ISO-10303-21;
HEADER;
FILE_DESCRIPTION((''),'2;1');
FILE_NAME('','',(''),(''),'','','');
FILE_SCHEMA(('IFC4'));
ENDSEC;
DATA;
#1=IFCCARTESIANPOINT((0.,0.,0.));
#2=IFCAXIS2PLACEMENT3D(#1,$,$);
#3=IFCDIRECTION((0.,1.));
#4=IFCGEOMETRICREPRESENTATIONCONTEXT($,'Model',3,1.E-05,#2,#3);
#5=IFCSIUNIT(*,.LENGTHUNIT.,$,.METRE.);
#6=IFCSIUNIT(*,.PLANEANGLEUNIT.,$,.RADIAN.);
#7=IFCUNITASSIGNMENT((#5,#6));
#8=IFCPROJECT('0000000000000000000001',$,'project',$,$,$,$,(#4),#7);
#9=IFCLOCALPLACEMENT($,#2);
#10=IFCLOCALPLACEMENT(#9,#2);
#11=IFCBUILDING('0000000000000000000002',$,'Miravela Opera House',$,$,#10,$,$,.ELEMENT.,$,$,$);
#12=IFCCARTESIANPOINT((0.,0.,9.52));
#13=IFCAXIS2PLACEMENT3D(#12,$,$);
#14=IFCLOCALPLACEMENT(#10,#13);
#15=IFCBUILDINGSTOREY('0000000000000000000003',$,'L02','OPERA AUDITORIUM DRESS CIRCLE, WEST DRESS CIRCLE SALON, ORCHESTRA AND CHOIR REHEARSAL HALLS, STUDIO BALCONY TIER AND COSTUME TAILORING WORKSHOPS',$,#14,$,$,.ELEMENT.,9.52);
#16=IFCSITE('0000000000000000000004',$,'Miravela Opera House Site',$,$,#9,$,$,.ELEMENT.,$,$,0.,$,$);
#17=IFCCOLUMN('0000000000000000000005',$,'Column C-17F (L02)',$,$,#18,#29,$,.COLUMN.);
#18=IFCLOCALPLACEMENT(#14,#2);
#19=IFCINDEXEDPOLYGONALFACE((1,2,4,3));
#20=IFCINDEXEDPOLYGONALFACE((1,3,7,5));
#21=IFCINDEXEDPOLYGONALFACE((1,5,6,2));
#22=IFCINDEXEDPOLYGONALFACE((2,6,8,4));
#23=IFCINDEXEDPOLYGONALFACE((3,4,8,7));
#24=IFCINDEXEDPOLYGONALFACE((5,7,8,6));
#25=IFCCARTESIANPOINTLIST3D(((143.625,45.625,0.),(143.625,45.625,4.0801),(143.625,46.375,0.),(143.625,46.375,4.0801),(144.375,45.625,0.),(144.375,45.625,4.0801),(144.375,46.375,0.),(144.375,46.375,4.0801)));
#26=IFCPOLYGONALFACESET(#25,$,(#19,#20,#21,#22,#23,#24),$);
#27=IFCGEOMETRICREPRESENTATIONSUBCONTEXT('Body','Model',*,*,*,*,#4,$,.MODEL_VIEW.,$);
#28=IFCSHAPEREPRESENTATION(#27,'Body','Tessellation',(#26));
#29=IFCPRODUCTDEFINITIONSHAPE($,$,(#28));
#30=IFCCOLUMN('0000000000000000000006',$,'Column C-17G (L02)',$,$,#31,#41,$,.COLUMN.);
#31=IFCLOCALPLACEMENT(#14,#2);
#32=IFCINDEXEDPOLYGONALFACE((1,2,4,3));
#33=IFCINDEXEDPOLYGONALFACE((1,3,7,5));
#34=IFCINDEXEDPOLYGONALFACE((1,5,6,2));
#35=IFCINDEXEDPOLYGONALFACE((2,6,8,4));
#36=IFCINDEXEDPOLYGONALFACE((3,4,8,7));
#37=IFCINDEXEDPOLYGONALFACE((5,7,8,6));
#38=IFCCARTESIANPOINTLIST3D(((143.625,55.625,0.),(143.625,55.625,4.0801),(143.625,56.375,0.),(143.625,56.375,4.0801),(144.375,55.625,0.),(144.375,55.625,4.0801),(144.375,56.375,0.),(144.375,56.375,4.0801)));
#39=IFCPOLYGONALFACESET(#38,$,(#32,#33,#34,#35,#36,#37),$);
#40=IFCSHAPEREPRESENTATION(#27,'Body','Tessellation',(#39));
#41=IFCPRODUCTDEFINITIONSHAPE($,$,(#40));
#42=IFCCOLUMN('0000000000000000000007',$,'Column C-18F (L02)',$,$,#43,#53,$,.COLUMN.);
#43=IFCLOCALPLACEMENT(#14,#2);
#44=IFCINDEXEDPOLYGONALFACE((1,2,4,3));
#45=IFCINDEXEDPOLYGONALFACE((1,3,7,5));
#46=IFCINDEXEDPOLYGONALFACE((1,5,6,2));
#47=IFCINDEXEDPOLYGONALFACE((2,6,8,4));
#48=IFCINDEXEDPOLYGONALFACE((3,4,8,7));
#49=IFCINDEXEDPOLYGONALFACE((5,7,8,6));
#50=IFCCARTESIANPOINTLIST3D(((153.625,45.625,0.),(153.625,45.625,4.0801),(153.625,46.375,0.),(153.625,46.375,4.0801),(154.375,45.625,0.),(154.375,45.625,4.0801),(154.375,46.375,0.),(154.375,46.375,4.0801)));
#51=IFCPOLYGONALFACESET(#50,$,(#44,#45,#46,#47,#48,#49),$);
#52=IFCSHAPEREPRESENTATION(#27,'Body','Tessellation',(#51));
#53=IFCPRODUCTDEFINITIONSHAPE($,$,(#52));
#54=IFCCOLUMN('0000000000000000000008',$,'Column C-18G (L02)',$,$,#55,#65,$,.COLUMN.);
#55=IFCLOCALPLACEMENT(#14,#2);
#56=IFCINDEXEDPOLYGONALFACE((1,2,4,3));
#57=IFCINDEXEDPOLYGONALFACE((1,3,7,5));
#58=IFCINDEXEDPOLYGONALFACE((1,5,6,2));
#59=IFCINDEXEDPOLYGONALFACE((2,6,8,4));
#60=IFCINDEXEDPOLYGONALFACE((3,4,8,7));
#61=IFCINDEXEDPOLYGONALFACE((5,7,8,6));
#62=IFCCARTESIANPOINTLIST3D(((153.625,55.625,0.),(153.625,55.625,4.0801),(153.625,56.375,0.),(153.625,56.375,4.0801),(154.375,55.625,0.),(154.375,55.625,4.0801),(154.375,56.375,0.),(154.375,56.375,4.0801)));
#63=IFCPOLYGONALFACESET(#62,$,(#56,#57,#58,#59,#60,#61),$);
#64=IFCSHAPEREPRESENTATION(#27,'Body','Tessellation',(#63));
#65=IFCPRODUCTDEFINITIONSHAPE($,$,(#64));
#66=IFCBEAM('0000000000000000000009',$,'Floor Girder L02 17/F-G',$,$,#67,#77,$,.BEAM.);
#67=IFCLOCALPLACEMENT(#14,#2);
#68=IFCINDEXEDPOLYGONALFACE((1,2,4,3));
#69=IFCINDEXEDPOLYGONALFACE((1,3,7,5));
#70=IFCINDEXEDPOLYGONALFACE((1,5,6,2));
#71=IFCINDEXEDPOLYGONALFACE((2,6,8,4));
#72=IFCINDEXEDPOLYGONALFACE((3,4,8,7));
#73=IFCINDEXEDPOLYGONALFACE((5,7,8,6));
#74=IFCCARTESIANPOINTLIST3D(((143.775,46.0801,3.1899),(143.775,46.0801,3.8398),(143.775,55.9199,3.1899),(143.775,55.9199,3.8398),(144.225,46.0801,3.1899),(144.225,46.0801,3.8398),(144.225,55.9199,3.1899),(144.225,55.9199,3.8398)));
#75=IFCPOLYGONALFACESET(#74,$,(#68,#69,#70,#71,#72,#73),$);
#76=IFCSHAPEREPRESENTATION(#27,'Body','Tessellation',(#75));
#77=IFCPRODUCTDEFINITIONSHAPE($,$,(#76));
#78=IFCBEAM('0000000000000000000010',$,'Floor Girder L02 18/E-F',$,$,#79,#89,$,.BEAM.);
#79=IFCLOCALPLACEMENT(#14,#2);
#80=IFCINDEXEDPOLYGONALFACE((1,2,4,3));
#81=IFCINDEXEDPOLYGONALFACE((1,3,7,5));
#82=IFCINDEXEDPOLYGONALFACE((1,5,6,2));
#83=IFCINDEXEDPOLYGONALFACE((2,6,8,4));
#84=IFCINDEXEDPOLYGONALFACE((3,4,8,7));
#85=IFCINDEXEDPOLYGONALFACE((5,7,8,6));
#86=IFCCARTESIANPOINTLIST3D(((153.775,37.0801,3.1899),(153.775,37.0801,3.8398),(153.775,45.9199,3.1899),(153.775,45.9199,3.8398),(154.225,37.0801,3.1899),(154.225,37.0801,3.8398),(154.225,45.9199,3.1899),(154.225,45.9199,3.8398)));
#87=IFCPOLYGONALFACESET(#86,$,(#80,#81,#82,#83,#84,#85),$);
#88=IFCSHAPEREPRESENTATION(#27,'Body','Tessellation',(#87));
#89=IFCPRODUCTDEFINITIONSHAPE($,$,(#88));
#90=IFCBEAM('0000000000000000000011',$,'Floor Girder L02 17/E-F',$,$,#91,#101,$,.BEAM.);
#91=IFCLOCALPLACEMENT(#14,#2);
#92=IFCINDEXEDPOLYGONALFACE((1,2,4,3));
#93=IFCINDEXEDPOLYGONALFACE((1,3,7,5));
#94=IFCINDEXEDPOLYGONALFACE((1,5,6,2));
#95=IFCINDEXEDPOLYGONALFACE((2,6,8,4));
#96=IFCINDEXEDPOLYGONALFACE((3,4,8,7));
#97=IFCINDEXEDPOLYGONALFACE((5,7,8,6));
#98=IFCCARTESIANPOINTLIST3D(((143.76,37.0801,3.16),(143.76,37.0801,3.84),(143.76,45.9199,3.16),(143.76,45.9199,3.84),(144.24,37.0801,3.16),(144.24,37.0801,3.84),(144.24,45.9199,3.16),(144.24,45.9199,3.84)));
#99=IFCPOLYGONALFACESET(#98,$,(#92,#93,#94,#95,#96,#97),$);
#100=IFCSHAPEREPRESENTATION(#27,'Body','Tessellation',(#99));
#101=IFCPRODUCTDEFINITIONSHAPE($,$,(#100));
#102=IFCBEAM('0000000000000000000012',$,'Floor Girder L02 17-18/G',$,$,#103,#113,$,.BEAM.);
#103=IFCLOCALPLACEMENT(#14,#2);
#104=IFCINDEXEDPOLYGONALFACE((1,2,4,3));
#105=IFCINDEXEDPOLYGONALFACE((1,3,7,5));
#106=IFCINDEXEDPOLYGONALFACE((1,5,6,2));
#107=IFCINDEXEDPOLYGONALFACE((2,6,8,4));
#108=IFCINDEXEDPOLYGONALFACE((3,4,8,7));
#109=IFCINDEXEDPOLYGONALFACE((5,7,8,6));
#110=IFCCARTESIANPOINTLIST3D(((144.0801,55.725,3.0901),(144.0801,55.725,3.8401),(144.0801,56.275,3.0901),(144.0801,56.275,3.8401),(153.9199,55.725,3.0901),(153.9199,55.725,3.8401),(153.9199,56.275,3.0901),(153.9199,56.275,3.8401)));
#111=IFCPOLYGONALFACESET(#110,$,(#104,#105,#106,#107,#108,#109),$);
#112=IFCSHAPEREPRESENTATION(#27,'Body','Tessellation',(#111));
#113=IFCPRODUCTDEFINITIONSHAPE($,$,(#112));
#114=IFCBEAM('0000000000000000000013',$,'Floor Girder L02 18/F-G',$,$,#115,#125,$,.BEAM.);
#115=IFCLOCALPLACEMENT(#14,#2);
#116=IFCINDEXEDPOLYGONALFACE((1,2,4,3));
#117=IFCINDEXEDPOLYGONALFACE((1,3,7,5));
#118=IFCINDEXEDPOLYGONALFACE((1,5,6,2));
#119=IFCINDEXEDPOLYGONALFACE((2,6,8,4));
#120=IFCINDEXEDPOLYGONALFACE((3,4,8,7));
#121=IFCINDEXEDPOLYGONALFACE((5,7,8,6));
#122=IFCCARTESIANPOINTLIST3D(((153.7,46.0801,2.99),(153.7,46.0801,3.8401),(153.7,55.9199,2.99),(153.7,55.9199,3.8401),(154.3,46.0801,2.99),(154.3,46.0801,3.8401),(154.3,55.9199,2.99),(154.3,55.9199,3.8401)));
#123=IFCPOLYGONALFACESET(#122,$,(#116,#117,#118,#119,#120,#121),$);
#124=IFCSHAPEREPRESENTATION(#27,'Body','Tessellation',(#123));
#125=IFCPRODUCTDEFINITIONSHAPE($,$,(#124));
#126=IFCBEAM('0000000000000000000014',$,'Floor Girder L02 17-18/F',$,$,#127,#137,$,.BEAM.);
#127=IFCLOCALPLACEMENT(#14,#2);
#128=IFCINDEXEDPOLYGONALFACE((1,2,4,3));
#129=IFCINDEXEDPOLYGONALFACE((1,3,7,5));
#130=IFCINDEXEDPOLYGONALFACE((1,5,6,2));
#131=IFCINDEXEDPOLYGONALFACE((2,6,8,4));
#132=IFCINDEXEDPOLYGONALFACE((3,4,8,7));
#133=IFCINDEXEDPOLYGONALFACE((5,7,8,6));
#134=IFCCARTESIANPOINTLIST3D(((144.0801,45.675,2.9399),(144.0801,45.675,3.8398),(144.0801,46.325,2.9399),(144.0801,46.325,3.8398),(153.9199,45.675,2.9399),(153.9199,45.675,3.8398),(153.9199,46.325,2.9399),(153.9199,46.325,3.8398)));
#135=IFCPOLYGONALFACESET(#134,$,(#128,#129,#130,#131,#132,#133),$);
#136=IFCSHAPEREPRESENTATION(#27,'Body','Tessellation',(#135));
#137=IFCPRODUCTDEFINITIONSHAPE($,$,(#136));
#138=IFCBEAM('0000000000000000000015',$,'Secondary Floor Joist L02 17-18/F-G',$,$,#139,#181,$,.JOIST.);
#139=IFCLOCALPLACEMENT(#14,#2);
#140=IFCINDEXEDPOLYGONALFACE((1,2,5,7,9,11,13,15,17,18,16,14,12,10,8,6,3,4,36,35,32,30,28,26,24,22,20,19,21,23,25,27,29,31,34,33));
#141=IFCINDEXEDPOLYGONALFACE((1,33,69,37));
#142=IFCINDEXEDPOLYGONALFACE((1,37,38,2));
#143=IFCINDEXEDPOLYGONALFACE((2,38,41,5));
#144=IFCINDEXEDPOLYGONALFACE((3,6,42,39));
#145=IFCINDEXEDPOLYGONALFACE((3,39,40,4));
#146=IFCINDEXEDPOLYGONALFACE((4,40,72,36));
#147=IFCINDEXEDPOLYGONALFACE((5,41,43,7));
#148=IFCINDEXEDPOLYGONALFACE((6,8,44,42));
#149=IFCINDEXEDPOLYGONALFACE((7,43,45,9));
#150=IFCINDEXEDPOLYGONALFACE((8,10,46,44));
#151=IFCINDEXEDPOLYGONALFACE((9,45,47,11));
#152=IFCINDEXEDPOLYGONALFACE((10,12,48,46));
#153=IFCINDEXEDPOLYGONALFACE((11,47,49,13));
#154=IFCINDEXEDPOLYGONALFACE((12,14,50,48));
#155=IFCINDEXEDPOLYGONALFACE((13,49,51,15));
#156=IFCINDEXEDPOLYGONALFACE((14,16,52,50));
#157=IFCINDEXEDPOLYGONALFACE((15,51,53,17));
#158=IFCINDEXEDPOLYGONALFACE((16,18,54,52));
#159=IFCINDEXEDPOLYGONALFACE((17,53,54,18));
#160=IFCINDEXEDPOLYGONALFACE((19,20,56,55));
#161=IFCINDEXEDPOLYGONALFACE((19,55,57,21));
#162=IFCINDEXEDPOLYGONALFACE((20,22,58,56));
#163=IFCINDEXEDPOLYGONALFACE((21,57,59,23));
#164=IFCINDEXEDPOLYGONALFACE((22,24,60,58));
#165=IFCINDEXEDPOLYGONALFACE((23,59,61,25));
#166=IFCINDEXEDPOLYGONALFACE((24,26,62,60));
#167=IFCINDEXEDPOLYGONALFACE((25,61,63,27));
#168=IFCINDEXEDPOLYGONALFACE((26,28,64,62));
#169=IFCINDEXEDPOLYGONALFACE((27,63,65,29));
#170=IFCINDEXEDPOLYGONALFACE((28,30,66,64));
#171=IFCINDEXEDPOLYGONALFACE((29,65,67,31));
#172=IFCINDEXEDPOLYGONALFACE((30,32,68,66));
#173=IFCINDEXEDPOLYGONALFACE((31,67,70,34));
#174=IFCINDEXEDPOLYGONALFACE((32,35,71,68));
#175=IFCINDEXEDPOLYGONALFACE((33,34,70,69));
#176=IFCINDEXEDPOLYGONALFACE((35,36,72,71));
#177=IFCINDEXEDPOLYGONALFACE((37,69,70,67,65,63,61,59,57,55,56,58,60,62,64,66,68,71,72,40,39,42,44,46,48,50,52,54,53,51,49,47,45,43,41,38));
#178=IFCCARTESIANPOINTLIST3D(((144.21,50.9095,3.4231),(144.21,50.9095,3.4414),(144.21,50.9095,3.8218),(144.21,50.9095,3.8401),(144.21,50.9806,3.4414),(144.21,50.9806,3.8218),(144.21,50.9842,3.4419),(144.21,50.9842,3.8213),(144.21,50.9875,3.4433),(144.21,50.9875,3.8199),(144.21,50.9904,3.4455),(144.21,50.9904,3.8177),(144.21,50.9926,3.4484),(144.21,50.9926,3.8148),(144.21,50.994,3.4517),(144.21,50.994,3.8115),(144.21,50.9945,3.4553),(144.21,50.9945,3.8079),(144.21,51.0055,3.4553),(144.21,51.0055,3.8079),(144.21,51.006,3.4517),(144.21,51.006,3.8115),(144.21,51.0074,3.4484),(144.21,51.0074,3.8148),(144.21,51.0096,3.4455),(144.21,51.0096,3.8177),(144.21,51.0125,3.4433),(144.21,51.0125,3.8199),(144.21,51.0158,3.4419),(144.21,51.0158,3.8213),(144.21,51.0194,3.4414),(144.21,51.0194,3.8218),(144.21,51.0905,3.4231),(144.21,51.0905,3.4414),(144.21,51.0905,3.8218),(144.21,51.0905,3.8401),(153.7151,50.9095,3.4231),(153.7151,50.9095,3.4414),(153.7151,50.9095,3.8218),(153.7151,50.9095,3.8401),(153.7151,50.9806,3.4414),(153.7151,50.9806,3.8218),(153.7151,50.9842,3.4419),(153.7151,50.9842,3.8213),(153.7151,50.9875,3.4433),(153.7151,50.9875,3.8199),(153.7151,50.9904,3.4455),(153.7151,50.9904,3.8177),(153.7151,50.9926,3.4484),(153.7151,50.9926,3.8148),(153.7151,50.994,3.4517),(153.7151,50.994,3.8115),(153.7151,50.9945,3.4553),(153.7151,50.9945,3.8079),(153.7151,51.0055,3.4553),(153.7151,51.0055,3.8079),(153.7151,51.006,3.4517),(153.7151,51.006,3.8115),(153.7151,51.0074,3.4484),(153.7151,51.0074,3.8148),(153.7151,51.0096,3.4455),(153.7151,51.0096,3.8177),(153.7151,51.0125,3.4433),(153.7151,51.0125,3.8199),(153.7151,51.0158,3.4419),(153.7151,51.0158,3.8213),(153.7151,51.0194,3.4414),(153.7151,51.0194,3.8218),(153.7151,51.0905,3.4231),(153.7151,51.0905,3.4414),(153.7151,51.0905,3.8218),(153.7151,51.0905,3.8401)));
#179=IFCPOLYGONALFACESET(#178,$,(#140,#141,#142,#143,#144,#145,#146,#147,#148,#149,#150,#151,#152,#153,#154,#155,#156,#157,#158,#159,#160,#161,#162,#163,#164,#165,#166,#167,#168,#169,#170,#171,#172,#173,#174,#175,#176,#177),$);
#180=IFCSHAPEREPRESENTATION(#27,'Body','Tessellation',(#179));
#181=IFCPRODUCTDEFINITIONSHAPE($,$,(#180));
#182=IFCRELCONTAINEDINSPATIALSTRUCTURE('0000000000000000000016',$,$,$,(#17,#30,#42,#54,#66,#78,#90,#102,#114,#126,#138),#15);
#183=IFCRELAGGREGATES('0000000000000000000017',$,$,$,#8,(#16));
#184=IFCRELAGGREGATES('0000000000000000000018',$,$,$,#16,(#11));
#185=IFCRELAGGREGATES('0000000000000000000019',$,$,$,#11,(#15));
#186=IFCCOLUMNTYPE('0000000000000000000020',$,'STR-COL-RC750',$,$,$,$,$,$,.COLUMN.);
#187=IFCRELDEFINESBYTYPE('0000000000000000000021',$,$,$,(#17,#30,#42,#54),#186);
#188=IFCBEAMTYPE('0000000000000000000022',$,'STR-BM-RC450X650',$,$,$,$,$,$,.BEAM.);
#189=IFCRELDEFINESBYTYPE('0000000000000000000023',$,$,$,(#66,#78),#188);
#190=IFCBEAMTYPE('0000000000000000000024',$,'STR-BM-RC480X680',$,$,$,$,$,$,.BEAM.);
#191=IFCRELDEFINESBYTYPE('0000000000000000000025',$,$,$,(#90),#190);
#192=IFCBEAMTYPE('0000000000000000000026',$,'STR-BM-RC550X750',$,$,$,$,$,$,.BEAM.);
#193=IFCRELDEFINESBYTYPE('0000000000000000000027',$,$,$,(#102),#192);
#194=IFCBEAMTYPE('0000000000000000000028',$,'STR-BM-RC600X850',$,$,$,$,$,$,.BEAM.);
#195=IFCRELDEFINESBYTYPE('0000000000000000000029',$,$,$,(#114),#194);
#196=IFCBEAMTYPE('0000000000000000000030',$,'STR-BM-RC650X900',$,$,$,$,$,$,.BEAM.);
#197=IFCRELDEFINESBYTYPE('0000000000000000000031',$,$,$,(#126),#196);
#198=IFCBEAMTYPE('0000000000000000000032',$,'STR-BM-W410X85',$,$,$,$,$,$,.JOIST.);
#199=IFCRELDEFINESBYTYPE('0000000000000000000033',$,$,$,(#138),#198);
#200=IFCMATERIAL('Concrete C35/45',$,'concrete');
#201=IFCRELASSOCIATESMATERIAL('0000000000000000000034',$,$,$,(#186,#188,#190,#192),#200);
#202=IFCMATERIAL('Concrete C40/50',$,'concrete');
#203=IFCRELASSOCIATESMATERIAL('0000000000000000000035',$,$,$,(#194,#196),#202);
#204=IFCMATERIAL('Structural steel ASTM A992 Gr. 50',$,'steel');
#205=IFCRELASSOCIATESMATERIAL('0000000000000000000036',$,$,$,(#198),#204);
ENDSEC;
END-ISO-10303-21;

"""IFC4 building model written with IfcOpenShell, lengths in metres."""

from ifc_helpers import new_model, si_unit, direction, frame, origin, origin_2d, place, context, subcontext, project, spatial, rectangle, i_section, extrude, material, material_profile, profile_set, type_object, element, save


model = new_model("IFC4")

# Units and contexts
model_context = context("Model", 3, precision=1e-05, world=origin(), true_north=direction((0.0, 1.0)))
body_context = subcontext(model_context, "Body", "Model", "MODEL_VIEW")
ifc_project = project(units=[si_unit("LENGTHUNIT", "METRE"), si_unit("PLANEANGLEUNIT", "RADIAN")], contexts=[model_context])

# Site, building, storey
site_placement = place(None, origin())
site = spatial("IfcSite", under=ifc_project, at=site_placement, Name="Miravela Opera House Site", CompositionType="ELEMENT", RefElevation=0.0)
building_placement = place(site_placement, origin())
building = spatial("IfcBuilding", under=site, at=building_placement, Name="Miravela Opera House", CompositionType="ELEMENT")
storey_placement = place(building_placement, frame((0.0, 0.0, 9.52)))
storey = spatial("IfcBuildingStorey", under=building, at=storey_placement, Name="L02", Description="OPERA AUDITORIUM DRESS CIRCLE, WEST DRESS CIRCLE SALON, ORCHESTRA AND CHOIR REHEARSAL HALLS, STUDIO BALCONY TIER AND COSTUME TAILORING WORKSHOPS", CompositionType="ELEMENT", Elevation=9.52)

# Columns
ifc_material_1 = material(Name="Concrete C35/45", Category="concrete")
ifc_material_profile_1 = material_profile(ifc_material_1, rectangle(XDim=0.75, YDim=0.75, at=origin_2d()), Name="RC-COL-750X750")
ifc_profile_set_1 = profile_set([ifc_material_profile_1])
column_type = type_object("IfcColumnType", Name="STR-COL-RC750", PredefinedType="COLUMN", material=ifc_profile_set_1)
for number, where, z_axis, x_axis, name in (
    (1, (144.0, 46.0, 0.0), (0.0, 0.0, 1.0), (1.0, 0.0, 0.0), "Column C-17F (L02)"),
    (2, (144.0, 56.0, 0.0), (0.0, 0.0, 1.0), (1.0, 0.0, 0.0), "Column C-17G (L02)"),
    (3, (154.0, 46.0, 0.0), (0.0, 0.0, 1.0), (1.0, 0.0, 0.0), "Column C-18F (L02)"),
    (4, (154.0, 56.0, 0.0), (0.0, 0.0, 1.0), (1.0, 0.0, 0.0), "Column C-18G (L02)"),
):
    element("IfcColumn", number, at=place(storey_placement, frame(where, z_axis=z_axis, x_axis=x_axis)), inside=storey, type_object=column_type, Name=name, PredefinedType="COLUMN", context=body_context, shape_type="SweptSolid", body=[
        extrude(rectangle(XDim=0.75, YDim=0.75, at=origin_2d()), origin(), (0.0, 0.0, 1.0), 4.0801),
    ])

# Beams
ifc_material_profile_2 = material_profile(ifc_material_1, rectangle(XDim=0.45, YDim=0.6499, at=origin_2d()), Name="RC-BM-450X650")
ifc_profile_set_2 = profile_set([ifc_material_profile_2])
beam_type_1 = type_object("IfcBeamType", Name="STR-BM-RC450X650", PredefinedType="BEAM", material=ifc_profile_set_2)
beam_1_placement = place(storey_placement, frame((144.0, 46.0801, 3.5149), z_axis=(0.0, 1.0, 0.0), x_axis=(-1.0, 0.0, 0.0)))
element("IfcBeam", 5, at=beam_1_placement, inside=storey, type_object=beam_type_1, Name="Floor Girder L02 17/F-G", PredefinedType="BEAM", context=body_context, shape_type="SweptSolid", body=[
    extrude(rectangle(XDim=0.45, YDim=0.6499, at=origin_2d()), origin(), (0.0, 0.0, 1.0), 9.8398),
])
beam_2_placement = place(storey_placement, frame((154.0, 37.0801, 3.5149), z_axis=(0.0, 1.0, 0.0), x_axis=(-1.0, 0.0, 0.0)))
element("IfcBeam", 6, at=beam_2_placement, inside=storey, type_object=beam_type_1, Name="Floor Girder L02 18/E-F", PredefinedType="BEAM", context=body_context, shape_type="SweptSolid", body=[
    extrude(rectangle(XDim=0.45, YDim=0.6499, at=origin_2d()), origin(), (0.0, 0.0, 1.0), 8.8398),
])
ifc_material_profile_3 = material_profile(ifc_material_1, rectangle(XDim=0.48, YDim=0.6799, at=origin_2d()), Name="RC-BM-480X680")
ifc_profile_set_3 = profile_set([ifc_material_profile_3])
beam_type_2 = type_object("IfcBeamType", Name="STR-BM-RC480X680", PredefinedType="BEAM", material=ifc_profile_set_3)
beam_3_placement = place(storey_placement, frame((144.0, 37.0801, 3.5), z_axis=(0.0, 1.0, 0.0), x_axis=(-1.0, 0.0, 0.0)))
element("IfcBeam", 7, at=beam_3_placement, inside=storey, type_object=beam_type_2, Name="Floor Girder L02 17/E-F", PredefinedType="BEAM", context=body_context, shape_type="SweptSolid", body=[
    extrude(rectangle(XDim=0.48, YDim=0.6799, at=origin_2d()), origin(), (0.0, 0.0, 1.0), 8.8398),
])
ifc_material_profile_4 = material_profile(ifc_material_1, rectangle(XDim=0.55, YDim=0.75, at=origin_2d()), Name="RC-BM-550X750")
ifc_profile_set_4 = profile_set([ifc_material_profile_4])
beam_type_3 = type_object("IfcBeamType", Name="STR-BM-RC550X750", PredefinedType="BEAM", material=ifc_profile_set_4)
beam_4_placement = place(storey_placement, frame((144.0801, 56.0, 3.4651), z_axis=(1.0, 0.0, 0.0), x_axis=(0.0, 1.0, 0.0)))
element("IfcBeam", 8, at=beam_4_placement, inside=storey, type_object=beam_type_3, Name="Floor Girder L02 17-18/G", PredefinedType="BEAM", context=body_context, shape_type="SweptSolid", body=[
    extrude(rectangle(XDim=0.55, YDim=0.75, at=origin_2d()), origin(), (0.0, 0.0, 1.0), 9.8398),
])
ifc_material_2 = material(Name="Concrete C40/50", Category="concrete")
ifc_material_profile_5 = material_profile(ifc_material_2, rectangle(XDim=0.6001, YDim=0.8501, at=origin_2d()), Name="RC-BM-600X850")
ifc_profile_set_5 = profile_set([ifc_material_profile_5])
beam_type_4 = type_object("IfcBeamType", Name="STR-BM-RC600X850", PredefinedType="BEAM", material=ifc_profile_set_5)
beam_5_placement = place(storey_placement, frame((154.0, 46.0801, 3.415), z_axis=(0.0, 1.0, 0.0), x_axis=(-1.0, 0.0, 0.0)))
element("IfcBeam", 9, at=beam_5_placement, inside=storey, type_object=beam_type_4, Name="Floor Girder L02 18/F-G", PredefinedType="BEAM", context=body_context, shape_type="SweptSolid", body=[
    extrude(rectangle(XDim=0.6001, YDim=0.8501, at=origin_2d()), origin(), (0.0, 0.0, 1.0), 9.8398),
])
ifc_material_profile_6 = material_profile(ifc_material_2, rectangle(XDim=0.6499, YDim=0.8999, at=origin_2d()), Name="RC-BM-650X900")
ifc_profile_set_6 = profile_set([ifc_material_profile_6])
beam_type_5 = type_object("IfcBeamType", Name="STR-BM-RC650X900", PredefinedType="BEAM", material=ifc_profile_set_6)
beam_6_placement = place(storey_placement, frame((144.0801, 46.0, 3.3899), z_axis=(1.0, 0.0, 0.0), x_axis=(0.0, 1.0, 0.0)))
element("IfcBeam", 10, at=beam_6_placement, inside=storey, type_object=beam_type_5, Name="Floor Girder L02 17-18/F", PredefinedType="BEAM", context=body_context, shape_type="SweptSolid", body=[
    extrude(rectangle(XDim=0.6499, YDim=0.8999, at=origin_2d()), origin(), (0.0, 0.0, 1.0), 9.8398),
])
ifc_material_3 = material(Name="Structural steel ASTM A992 Gr. 50", Category="steel")
ifc_material_profile_7 = material_profile(ifc_material_3, i_section(OverallWidth=0.1809, OverallDepth=0.417, WebThickness=0.011, FlangeThickness=0.0183, FilletRadius=0.0139, at=origin_2d()), Name="W410X85")
ifc_profile_set_7 = profile_set([ifc_material_profile_7])
beam_type_6 = type_object("IfcBeamType", Name="STR-BM-W410X85", PredefinedType="JOIST", material=ifc_profile_set_7)
beam_7_placement = place(storey_placement, frame((144.21, 51.0, 3.6316), z_axis=(1.0, 0.0, 0.0), x_axis=(0.0, 1.0, 0.0)))
element("IfcBeam", 11, at=beam_7_placement, inside=storey, type_object=beam_type_6, Name="Secondary Floor Joist L02 17-18/F-G", PredefinedType="JOIST", context=body_context, shape_type="SweptSolid", body=[
    extrude(i_section(OverallWidth=0.1809, OverallDepth=0.417, WebThickness=0.011, FlangeThickness=0.0183, FilletRadius=0.0139, at=origin_2d()), origin(), (0.0, 0.0, 1.0), 9.5051),
])

save(model, "model.ifc")
